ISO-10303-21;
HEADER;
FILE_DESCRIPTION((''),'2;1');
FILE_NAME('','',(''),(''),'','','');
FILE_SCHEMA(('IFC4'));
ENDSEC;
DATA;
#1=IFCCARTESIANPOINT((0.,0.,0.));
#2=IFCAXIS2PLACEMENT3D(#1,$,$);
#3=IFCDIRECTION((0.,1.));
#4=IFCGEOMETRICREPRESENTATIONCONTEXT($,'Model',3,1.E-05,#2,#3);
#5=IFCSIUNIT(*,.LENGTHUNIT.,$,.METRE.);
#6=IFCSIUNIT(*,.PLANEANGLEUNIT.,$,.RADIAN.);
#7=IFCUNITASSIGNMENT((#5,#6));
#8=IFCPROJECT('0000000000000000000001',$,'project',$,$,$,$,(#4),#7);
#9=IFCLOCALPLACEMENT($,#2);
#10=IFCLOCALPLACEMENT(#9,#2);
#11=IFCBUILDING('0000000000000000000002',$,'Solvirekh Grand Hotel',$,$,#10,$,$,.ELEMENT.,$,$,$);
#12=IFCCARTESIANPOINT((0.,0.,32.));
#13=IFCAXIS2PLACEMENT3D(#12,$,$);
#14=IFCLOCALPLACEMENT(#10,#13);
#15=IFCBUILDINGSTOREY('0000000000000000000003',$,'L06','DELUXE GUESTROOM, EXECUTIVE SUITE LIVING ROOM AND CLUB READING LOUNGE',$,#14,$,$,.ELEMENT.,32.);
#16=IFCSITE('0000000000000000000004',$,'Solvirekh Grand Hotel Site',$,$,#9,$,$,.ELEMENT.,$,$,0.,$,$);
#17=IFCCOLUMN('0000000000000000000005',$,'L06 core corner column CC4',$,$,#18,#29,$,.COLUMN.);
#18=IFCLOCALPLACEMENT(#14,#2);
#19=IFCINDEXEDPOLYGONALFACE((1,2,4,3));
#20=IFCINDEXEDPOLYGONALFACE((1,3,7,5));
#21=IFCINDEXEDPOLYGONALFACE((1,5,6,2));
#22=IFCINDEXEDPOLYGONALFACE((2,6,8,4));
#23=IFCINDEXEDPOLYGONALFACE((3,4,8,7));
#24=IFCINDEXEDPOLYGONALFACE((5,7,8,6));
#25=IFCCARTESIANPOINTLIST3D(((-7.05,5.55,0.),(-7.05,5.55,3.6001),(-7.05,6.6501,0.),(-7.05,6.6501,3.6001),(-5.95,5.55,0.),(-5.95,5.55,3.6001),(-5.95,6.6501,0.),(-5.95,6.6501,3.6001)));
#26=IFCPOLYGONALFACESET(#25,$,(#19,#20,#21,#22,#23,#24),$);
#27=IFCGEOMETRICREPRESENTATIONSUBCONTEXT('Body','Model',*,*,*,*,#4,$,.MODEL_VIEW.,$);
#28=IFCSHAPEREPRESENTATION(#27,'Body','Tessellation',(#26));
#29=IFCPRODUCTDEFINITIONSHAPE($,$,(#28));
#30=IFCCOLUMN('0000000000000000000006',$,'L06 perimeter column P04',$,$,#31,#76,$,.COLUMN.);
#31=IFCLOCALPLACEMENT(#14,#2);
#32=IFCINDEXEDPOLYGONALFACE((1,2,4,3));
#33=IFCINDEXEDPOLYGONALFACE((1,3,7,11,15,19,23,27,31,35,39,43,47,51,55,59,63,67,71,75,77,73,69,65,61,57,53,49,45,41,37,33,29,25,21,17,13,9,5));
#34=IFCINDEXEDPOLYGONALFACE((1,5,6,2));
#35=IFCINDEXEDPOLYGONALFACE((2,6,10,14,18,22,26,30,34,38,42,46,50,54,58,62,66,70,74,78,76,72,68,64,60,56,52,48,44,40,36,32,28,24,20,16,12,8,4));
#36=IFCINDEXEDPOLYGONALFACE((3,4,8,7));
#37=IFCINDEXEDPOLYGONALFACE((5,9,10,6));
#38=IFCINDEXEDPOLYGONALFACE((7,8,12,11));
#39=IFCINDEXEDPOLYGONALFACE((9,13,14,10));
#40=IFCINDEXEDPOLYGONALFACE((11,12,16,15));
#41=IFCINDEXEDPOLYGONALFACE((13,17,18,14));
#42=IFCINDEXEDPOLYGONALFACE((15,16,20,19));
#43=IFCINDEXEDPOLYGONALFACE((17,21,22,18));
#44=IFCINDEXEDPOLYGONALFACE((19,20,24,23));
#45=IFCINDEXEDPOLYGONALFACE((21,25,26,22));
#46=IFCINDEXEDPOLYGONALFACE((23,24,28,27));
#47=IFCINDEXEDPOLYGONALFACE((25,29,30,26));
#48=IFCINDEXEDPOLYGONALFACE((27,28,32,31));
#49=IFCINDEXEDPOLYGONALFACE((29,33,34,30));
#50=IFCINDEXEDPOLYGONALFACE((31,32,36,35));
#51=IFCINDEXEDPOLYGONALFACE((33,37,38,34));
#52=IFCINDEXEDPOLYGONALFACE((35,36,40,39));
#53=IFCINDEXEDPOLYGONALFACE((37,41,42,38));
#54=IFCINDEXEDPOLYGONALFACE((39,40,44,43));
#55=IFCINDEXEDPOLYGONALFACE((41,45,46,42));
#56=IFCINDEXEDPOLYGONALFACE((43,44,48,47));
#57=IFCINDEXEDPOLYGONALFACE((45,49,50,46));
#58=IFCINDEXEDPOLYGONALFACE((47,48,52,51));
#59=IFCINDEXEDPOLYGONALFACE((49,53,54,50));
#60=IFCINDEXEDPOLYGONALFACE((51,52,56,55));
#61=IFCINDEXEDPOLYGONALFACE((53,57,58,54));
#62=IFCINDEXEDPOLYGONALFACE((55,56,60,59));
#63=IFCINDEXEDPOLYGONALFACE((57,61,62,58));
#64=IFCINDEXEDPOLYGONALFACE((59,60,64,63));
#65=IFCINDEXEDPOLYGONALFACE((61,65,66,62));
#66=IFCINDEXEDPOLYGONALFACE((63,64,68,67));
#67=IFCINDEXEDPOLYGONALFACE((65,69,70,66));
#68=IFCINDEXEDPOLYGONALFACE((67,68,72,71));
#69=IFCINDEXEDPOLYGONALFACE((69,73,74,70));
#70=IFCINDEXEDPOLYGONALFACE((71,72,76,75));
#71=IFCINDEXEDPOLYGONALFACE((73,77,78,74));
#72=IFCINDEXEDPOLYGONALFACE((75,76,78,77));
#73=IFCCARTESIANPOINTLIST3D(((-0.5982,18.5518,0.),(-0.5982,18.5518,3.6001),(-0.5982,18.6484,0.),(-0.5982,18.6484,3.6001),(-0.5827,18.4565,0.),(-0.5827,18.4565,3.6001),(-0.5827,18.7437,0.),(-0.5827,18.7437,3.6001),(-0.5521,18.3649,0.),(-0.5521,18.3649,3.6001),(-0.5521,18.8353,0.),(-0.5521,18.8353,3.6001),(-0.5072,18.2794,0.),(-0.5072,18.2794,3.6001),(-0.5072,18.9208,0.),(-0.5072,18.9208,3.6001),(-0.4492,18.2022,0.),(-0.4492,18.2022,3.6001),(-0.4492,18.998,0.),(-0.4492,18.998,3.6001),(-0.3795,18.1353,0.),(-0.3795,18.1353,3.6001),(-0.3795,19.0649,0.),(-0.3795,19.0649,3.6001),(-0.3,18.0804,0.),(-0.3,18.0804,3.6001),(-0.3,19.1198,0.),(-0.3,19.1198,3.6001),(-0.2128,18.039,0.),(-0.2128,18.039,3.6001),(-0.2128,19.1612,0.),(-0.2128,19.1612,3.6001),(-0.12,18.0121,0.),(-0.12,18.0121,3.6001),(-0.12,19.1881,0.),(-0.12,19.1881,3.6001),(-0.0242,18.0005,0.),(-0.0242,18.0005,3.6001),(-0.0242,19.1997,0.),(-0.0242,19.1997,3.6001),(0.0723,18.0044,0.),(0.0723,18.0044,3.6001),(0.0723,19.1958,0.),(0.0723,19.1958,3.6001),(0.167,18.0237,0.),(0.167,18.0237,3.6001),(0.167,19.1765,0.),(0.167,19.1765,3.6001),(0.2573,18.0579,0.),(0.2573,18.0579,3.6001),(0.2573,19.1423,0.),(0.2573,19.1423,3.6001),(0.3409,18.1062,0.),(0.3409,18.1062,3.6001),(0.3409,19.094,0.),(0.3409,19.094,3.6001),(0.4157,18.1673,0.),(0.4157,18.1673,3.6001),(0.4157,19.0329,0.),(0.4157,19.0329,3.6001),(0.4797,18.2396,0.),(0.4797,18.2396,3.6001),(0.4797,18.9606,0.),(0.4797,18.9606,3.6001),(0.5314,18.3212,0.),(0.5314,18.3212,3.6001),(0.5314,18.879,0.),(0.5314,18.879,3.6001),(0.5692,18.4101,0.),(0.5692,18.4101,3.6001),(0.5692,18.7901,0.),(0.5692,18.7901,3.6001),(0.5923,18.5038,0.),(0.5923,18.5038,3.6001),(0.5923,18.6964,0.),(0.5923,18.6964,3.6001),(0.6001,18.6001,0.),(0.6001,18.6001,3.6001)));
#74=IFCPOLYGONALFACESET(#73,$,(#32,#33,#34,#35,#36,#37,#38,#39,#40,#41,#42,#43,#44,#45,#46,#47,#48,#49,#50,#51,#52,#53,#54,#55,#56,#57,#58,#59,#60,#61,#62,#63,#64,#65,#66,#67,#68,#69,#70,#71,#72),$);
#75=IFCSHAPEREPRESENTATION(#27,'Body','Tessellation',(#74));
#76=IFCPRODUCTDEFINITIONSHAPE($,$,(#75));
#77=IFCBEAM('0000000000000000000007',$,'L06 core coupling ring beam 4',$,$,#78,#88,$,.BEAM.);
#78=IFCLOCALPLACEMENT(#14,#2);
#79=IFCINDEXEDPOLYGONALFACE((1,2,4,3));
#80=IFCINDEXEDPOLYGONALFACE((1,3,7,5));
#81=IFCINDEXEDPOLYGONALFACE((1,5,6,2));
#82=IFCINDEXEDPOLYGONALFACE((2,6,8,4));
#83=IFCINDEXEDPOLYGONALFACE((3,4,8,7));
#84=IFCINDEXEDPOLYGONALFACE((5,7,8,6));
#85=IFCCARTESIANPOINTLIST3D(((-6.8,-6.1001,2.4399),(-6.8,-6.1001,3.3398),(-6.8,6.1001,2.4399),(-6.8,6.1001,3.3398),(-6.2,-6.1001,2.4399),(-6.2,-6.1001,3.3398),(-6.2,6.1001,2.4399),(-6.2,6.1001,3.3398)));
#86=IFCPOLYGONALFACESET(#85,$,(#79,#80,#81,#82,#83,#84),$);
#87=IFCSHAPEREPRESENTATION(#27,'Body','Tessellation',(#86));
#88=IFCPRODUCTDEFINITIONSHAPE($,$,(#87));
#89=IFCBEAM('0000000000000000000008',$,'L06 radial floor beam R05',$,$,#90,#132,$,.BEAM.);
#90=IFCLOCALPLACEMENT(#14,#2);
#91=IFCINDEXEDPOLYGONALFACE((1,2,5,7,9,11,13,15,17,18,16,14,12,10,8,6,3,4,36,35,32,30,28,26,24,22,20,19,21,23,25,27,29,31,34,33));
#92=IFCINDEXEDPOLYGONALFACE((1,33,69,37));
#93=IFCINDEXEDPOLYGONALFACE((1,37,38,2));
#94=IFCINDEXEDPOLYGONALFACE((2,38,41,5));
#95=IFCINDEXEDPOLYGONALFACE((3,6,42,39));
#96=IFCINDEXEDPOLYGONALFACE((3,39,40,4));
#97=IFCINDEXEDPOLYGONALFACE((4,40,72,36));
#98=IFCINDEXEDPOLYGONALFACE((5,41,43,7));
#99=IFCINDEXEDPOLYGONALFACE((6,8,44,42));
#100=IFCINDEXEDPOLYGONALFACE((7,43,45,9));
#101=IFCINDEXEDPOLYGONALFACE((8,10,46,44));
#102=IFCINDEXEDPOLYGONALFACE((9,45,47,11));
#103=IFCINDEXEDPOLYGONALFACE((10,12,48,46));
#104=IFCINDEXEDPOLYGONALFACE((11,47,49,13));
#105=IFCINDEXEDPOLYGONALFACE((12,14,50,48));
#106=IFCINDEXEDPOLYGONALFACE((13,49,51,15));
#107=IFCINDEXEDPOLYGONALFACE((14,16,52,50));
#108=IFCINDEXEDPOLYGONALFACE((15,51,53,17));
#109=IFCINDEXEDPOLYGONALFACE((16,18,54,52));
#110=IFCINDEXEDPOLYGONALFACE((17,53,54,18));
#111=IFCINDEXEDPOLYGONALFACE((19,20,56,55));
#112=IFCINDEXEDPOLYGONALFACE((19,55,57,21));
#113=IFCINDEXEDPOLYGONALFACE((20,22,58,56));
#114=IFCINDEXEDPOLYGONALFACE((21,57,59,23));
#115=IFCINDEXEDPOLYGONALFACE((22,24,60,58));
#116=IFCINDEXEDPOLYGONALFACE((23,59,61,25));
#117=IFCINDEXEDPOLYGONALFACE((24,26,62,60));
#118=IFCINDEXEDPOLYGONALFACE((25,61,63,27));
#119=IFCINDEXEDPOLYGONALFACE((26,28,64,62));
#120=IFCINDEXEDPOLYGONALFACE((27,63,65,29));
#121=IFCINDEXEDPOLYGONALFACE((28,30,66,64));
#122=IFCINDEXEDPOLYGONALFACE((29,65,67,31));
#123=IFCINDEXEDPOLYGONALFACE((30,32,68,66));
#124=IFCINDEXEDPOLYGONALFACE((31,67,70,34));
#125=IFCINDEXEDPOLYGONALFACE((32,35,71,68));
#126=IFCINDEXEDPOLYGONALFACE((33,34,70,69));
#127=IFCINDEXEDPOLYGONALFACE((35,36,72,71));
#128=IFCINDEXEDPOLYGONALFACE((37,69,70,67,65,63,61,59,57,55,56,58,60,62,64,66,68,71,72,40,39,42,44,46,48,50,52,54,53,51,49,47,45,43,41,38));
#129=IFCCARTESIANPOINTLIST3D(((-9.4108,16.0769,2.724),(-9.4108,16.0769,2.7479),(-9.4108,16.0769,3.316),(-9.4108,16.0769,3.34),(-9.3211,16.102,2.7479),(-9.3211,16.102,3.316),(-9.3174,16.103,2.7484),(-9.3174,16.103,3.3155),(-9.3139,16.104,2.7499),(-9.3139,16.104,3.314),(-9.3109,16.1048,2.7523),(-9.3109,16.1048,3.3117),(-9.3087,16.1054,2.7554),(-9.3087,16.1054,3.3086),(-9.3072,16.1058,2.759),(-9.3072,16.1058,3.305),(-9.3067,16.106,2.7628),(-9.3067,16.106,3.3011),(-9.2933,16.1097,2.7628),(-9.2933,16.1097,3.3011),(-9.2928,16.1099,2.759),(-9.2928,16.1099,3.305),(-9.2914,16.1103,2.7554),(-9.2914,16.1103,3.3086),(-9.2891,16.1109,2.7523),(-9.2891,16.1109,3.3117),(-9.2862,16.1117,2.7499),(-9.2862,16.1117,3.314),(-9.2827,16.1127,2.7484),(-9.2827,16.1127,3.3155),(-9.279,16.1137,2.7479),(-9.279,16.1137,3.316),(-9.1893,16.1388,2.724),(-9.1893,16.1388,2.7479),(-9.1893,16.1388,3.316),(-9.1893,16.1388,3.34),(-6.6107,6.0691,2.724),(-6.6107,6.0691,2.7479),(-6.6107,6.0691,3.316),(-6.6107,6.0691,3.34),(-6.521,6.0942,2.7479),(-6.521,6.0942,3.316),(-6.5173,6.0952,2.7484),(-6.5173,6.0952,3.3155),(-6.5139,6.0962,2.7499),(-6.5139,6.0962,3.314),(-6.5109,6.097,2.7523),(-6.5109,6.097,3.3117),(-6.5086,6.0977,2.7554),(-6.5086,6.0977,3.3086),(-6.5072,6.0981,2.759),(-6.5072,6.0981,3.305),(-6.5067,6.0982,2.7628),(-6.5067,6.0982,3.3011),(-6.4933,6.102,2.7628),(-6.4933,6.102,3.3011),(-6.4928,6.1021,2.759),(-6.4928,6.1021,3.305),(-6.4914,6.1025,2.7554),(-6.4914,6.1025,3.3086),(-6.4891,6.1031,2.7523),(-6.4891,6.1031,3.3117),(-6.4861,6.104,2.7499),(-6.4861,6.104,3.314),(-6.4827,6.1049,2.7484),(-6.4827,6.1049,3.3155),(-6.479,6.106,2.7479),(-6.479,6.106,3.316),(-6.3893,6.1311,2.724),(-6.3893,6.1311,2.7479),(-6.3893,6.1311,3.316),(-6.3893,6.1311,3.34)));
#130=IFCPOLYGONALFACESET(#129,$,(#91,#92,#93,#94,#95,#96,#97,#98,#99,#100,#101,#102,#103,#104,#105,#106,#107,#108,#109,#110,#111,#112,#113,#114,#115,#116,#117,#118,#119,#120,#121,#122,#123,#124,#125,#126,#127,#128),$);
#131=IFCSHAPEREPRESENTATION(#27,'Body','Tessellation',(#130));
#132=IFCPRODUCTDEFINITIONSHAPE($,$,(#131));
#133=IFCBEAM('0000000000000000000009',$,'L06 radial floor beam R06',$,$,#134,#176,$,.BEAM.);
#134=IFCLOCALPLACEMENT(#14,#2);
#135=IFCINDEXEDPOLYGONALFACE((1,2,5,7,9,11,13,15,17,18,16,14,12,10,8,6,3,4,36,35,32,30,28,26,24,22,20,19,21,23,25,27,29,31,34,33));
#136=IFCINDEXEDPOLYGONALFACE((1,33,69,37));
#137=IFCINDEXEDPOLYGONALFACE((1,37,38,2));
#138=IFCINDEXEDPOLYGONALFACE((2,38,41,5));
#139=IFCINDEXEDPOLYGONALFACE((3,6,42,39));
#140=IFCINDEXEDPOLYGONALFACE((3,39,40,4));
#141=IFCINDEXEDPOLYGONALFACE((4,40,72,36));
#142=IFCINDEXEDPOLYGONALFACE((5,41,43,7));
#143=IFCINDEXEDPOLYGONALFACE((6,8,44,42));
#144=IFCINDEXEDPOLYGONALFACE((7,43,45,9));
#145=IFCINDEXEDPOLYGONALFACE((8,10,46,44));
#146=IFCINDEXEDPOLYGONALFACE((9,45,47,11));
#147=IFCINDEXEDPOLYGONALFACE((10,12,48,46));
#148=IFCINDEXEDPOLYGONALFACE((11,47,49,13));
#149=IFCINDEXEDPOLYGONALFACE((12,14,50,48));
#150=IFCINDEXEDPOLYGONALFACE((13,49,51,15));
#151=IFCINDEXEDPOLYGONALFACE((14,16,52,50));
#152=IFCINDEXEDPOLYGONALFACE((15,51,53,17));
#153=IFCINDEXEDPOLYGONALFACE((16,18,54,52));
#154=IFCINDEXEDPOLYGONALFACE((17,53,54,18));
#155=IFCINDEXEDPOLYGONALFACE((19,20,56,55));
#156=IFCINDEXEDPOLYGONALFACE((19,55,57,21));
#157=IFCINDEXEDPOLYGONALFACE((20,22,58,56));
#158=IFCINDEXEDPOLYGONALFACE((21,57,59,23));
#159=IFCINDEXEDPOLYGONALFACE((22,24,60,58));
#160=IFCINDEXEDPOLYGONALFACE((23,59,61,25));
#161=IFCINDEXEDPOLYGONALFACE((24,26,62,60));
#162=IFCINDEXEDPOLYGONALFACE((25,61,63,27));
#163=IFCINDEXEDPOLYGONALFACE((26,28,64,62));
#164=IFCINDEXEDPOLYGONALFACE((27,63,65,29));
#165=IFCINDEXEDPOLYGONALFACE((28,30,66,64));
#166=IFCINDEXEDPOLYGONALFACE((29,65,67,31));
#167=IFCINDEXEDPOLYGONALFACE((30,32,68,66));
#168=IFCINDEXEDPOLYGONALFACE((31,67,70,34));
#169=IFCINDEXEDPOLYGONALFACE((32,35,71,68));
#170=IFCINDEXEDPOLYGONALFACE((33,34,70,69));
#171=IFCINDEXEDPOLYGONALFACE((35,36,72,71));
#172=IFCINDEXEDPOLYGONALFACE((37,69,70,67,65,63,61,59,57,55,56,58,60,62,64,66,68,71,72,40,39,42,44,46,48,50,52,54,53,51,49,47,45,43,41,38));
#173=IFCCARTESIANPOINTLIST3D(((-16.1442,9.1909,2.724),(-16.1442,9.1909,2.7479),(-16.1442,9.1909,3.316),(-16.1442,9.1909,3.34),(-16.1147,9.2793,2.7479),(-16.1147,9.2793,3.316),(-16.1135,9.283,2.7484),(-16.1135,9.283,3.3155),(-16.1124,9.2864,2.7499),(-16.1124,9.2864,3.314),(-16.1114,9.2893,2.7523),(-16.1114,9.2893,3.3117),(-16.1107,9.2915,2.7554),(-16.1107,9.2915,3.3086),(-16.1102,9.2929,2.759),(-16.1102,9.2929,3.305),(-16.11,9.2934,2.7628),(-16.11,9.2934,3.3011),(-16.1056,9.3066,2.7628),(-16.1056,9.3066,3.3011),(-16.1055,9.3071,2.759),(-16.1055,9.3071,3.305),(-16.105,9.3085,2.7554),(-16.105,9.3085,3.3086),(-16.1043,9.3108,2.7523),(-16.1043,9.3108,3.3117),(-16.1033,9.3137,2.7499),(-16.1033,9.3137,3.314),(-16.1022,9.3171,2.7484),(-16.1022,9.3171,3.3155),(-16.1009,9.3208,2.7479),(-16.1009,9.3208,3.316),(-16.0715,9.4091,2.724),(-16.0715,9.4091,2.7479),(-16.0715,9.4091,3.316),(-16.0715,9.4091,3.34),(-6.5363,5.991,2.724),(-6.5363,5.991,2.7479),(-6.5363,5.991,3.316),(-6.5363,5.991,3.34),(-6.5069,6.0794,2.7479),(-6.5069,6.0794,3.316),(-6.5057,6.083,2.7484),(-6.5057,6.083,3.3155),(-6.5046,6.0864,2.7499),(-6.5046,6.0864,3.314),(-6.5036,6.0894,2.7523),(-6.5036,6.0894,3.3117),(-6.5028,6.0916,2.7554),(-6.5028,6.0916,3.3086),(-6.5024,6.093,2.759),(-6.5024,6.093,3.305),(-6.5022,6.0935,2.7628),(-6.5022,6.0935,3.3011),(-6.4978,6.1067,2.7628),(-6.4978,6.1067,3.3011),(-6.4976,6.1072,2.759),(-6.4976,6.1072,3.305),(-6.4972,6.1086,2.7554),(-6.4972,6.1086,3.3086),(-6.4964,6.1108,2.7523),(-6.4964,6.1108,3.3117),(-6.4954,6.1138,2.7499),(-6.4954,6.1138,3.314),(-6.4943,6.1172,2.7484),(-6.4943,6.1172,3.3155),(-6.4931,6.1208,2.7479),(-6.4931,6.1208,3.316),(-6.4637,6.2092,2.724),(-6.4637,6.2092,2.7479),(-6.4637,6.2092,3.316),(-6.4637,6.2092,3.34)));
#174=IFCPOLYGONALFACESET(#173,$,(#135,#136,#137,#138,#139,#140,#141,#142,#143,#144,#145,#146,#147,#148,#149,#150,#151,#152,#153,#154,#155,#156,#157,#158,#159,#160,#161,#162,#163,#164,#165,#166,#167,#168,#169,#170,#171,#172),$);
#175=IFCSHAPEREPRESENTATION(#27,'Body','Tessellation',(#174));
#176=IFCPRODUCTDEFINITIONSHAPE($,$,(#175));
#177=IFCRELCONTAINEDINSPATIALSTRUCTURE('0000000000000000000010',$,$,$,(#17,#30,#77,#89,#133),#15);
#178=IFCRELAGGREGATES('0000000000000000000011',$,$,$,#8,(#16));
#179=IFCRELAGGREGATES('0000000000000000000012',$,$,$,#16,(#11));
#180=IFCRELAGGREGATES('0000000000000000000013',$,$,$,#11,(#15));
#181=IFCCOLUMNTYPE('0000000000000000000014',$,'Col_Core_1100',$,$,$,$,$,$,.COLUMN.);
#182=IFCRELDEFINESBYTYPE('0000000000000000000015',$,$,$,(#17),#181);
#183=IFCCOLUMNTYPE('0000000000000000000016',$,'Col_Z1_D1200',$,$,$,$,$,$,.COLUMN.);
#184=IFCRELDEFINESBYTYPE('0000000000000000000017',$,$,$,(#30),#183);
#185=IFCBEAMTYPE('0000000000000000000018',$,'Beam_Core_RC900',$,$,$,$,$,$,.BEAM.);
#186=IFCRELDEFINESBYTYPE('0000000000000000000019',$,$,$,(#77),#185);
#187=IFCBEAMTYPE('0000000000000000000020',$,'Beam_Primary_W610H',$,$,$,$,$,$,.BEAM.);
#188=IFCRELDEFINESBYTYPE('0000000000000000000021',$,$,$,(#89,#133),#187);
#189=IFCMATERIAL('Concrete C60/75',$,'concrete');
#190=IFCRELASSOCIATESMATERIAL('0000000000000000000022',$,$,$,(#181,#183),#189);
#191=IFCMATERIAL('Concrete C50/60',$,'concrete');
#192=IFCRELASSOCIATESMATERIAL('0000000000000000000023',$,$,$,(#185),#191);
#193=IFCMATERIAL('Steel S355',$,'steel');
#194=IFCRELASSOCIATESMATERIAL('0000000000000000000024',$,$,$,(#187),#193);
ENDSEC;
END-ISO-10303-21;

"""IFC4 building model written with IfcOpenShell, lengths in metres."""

from ifc_helpers import new_model, si_unit, direction, frame, origin, origin_2d, place, context, subcontext, project, spatial, rectangle, circle, i_section, extrude, material, material_profile, profile_set, type_object, element, save


model = new_model("IFC4")

# Units and contexts
model_context = context("Model", 3, precision=1e-05, world=origin(), true_north=direction((0.0, 1.0)))
body_context = subcontext(model_context, "Body", "Model", "MODEL_VIEW")
ifc_project = project(units=[si_unit("LENGTHUNIT", "METRE"), si_unit("PLANEANGLEUNIT", "RADIAN")], contexts=[model_context])

# Site, building, storey
site_placement = place(None, origin())
site = spatial("IfcSite", under=ifc_project, at=site_placement, Name="Solvirekh Grand Hotel Site", CompositionType="ELEMENT", RefElevation=0.0)
building_placement = place(site_placement, origin())
building = spatial("IfcBuilding", under=site, at=building_placement, Name="Solvirekh Grand Hotel", CompositionType="ELEMENT")
storey_placement = place(building_placement, frame((0.0, 0.0, 32.0)))
storey = spatial("IfcBuildingStorey", under=building, at=storey_placement, Name="L06", Description="DELUXE GUESTROOM, EXECUTIVE SUITE LIVING ROOM AND CLUB READING LOUNGE", CompositionType="ELEMENT", Elevation=32.0)

# Columns
ifc_material_1 = material(Name="Concrete C60/75", Category="concrete")
ifc_material_profile_1 = material_profile(ifc_material_1, rectangle(XDim=1.1001, YDim=1.1001, at=origin_2d()), Name="RC 1100X1100")
ifc_profile_set_1 = profile_set([ifc_material_profile_1], Name="Concrete C60/75")
column_type_1 = type_object("IfcColumnType", Name="Col_Core_1100", PredefinedType="COLUMN", material=ifc_profile_set_1)
column_1_placement = place(storey_placement, frame((-6.5, 6.1001, 0.0), z_axis=(0.0, 0.0, 1.0), x_axis=(1.0, 0.0, 0.0)))
element("IfcColumn", 1, at=column_1_placement, inside=storey, type_object=column_type_1, Name="L06 core corner column CC4", PredefinedType="COLUMN", context=body_context, shape_type="SweptSolid", body=[
    extrude(rectangle(XDim=1.1001, YDim=1.1001, at=origin_2d()), origin(), (0.0, 0.0, 1.0), 3.6001),
])
ifc_material_profile_2 = material_profile(ifc_material_1, circle(Radius=0.6001, at=origin_2d()), Name="RC CIRC D1200")
ifc_profile_set_2 = profile_set([ifc_material_profile_2], Name="Concrete C60/75")
column_type_2 = type_object("IfcColumnType", Name="Col_Z1_D1200", PredefinedType="COLUMN", material=ifc_profile_set_2)
column_2_placement = place(storey_placement, frame((0.0, 18.6001, 0.0), z_axis=(0.0, 0.0, 1.0), x_axis=(1.0, 0.0, 0.0)))
element("IfcColumn", 2, at=column_2_placement, inside=storey, type_object=column_type_2, Name="L06 perimeter column P04", PredefinedType="COLUMN", context=body_context, shape_type="SweptSolid", body=[
    extrude(circle(Radius=0.6001, at=origin_2d()), origin(), (0.0, 0.0, 1.0), 3.6001),
])

# Beams
ifc_material_2 = material(Name="Concrete C50/60", Category="concrete")
ifc_material_profile_3 = material_profile(ifc_material_2, rectangle(XDim=0.6001, YDim=0.8999, at=origin_2d()), Name="RC BEAM 600X900")
ifc_profile_set_3 = profile_set([ifc_material_profile_3], Name="Concrete C50/60")
beam_type_1 = type_object("IfcBeamType", Name="Beam_Core_RC900", PredefinedType="BEAM", material=ifc_profile_set_3)
beam_1_placement = place(storey_placement, frame((-6.5, 6.1001, 2.8899), z_axis=(0.0, -1.0, 0.0), x_axis=(1.0, 0.0, 0.0)))
element("IfcBeam", 3, at=beam_1_placement, inside=storey, type_object=beam_type_1, Name="L06 core coupling ring beam 4", PredefinedType="BEAM", context=body_context, shape_type="SweptSolid", body=[
    extrude(rectangle(XDim=0.6001, YDim=0.8999, at=origin_2d()), origin(), (0.0, 0.0, 1.0), 12.2002),
])
ifc_material_3 = material(Name="Steel S355", Category="steel")
ifc_material_profile_4 = material_profile(ifc_material_3, i_section(OverallWidth=0.23, OverallDepth=0.616, WebThickness=0.0139, FlangeThickness=0.0239, FilletRadius=0.0149, at=origin_2d()), Name="W610X174")
ifc_profile_set_4 = profile_set([ifc_material_profile_4], Name="Steel S355")
beam_type_2 = type_object("IfcBeamType", Name="Beam_Primary_W610H", PredefinedType="BEAM", material=ifc_profile_set_4)
beam_2_placement = place(storey_placement, frame((-6.5, 6.1001, 3.032), z_axis=(-0.269439, 0.963017, 0.0), x_axis=(-0.963017, -0.269439, 0.0)))
element("IfcBeam", 4, at=beam_2_placement, inside=storey, type_object=beam_type_2, Name="L06 radial floor beam R05", PredefinedType="BEAM", context=body_context, shape_type="SweptSolid", body=[
    extrude(i_section(OverallWidth=0.23, OverallDepth=0.616, WebThickness=0.0139, FlangeThickness=0.0239, FilletRadius=0.0149, at=origin_2d()), origin(), (0.0, 0.0, 1.0), 10.3921),
])
beam_3_placement = place(storey_placement, frame((-6.5, 6.1001, 3.032), z_axis=(-0.948763, 0.315989, 0.0), x_axis=(-0.315989, -0.948763, 0.0)))
element("IfcBeam", 5, at=beam_3_placement, inside=storey, type_object=beam_type_2, Name="L06 radial floor beam R06", PredefinedType="BEAM", context=body_context, shape_type="SweptSolid", body=[
    extrude(i_section(OverallWidth=0.23, OverallDepth=0.616, WebThickness=0.0139, FlangeThickness=0.0239, FilletRadius=0.0149, at=origin_2d()), origin(), (0.0, 0.0, 1.0), 10.1267),
])

save(model, "model.ifc")
